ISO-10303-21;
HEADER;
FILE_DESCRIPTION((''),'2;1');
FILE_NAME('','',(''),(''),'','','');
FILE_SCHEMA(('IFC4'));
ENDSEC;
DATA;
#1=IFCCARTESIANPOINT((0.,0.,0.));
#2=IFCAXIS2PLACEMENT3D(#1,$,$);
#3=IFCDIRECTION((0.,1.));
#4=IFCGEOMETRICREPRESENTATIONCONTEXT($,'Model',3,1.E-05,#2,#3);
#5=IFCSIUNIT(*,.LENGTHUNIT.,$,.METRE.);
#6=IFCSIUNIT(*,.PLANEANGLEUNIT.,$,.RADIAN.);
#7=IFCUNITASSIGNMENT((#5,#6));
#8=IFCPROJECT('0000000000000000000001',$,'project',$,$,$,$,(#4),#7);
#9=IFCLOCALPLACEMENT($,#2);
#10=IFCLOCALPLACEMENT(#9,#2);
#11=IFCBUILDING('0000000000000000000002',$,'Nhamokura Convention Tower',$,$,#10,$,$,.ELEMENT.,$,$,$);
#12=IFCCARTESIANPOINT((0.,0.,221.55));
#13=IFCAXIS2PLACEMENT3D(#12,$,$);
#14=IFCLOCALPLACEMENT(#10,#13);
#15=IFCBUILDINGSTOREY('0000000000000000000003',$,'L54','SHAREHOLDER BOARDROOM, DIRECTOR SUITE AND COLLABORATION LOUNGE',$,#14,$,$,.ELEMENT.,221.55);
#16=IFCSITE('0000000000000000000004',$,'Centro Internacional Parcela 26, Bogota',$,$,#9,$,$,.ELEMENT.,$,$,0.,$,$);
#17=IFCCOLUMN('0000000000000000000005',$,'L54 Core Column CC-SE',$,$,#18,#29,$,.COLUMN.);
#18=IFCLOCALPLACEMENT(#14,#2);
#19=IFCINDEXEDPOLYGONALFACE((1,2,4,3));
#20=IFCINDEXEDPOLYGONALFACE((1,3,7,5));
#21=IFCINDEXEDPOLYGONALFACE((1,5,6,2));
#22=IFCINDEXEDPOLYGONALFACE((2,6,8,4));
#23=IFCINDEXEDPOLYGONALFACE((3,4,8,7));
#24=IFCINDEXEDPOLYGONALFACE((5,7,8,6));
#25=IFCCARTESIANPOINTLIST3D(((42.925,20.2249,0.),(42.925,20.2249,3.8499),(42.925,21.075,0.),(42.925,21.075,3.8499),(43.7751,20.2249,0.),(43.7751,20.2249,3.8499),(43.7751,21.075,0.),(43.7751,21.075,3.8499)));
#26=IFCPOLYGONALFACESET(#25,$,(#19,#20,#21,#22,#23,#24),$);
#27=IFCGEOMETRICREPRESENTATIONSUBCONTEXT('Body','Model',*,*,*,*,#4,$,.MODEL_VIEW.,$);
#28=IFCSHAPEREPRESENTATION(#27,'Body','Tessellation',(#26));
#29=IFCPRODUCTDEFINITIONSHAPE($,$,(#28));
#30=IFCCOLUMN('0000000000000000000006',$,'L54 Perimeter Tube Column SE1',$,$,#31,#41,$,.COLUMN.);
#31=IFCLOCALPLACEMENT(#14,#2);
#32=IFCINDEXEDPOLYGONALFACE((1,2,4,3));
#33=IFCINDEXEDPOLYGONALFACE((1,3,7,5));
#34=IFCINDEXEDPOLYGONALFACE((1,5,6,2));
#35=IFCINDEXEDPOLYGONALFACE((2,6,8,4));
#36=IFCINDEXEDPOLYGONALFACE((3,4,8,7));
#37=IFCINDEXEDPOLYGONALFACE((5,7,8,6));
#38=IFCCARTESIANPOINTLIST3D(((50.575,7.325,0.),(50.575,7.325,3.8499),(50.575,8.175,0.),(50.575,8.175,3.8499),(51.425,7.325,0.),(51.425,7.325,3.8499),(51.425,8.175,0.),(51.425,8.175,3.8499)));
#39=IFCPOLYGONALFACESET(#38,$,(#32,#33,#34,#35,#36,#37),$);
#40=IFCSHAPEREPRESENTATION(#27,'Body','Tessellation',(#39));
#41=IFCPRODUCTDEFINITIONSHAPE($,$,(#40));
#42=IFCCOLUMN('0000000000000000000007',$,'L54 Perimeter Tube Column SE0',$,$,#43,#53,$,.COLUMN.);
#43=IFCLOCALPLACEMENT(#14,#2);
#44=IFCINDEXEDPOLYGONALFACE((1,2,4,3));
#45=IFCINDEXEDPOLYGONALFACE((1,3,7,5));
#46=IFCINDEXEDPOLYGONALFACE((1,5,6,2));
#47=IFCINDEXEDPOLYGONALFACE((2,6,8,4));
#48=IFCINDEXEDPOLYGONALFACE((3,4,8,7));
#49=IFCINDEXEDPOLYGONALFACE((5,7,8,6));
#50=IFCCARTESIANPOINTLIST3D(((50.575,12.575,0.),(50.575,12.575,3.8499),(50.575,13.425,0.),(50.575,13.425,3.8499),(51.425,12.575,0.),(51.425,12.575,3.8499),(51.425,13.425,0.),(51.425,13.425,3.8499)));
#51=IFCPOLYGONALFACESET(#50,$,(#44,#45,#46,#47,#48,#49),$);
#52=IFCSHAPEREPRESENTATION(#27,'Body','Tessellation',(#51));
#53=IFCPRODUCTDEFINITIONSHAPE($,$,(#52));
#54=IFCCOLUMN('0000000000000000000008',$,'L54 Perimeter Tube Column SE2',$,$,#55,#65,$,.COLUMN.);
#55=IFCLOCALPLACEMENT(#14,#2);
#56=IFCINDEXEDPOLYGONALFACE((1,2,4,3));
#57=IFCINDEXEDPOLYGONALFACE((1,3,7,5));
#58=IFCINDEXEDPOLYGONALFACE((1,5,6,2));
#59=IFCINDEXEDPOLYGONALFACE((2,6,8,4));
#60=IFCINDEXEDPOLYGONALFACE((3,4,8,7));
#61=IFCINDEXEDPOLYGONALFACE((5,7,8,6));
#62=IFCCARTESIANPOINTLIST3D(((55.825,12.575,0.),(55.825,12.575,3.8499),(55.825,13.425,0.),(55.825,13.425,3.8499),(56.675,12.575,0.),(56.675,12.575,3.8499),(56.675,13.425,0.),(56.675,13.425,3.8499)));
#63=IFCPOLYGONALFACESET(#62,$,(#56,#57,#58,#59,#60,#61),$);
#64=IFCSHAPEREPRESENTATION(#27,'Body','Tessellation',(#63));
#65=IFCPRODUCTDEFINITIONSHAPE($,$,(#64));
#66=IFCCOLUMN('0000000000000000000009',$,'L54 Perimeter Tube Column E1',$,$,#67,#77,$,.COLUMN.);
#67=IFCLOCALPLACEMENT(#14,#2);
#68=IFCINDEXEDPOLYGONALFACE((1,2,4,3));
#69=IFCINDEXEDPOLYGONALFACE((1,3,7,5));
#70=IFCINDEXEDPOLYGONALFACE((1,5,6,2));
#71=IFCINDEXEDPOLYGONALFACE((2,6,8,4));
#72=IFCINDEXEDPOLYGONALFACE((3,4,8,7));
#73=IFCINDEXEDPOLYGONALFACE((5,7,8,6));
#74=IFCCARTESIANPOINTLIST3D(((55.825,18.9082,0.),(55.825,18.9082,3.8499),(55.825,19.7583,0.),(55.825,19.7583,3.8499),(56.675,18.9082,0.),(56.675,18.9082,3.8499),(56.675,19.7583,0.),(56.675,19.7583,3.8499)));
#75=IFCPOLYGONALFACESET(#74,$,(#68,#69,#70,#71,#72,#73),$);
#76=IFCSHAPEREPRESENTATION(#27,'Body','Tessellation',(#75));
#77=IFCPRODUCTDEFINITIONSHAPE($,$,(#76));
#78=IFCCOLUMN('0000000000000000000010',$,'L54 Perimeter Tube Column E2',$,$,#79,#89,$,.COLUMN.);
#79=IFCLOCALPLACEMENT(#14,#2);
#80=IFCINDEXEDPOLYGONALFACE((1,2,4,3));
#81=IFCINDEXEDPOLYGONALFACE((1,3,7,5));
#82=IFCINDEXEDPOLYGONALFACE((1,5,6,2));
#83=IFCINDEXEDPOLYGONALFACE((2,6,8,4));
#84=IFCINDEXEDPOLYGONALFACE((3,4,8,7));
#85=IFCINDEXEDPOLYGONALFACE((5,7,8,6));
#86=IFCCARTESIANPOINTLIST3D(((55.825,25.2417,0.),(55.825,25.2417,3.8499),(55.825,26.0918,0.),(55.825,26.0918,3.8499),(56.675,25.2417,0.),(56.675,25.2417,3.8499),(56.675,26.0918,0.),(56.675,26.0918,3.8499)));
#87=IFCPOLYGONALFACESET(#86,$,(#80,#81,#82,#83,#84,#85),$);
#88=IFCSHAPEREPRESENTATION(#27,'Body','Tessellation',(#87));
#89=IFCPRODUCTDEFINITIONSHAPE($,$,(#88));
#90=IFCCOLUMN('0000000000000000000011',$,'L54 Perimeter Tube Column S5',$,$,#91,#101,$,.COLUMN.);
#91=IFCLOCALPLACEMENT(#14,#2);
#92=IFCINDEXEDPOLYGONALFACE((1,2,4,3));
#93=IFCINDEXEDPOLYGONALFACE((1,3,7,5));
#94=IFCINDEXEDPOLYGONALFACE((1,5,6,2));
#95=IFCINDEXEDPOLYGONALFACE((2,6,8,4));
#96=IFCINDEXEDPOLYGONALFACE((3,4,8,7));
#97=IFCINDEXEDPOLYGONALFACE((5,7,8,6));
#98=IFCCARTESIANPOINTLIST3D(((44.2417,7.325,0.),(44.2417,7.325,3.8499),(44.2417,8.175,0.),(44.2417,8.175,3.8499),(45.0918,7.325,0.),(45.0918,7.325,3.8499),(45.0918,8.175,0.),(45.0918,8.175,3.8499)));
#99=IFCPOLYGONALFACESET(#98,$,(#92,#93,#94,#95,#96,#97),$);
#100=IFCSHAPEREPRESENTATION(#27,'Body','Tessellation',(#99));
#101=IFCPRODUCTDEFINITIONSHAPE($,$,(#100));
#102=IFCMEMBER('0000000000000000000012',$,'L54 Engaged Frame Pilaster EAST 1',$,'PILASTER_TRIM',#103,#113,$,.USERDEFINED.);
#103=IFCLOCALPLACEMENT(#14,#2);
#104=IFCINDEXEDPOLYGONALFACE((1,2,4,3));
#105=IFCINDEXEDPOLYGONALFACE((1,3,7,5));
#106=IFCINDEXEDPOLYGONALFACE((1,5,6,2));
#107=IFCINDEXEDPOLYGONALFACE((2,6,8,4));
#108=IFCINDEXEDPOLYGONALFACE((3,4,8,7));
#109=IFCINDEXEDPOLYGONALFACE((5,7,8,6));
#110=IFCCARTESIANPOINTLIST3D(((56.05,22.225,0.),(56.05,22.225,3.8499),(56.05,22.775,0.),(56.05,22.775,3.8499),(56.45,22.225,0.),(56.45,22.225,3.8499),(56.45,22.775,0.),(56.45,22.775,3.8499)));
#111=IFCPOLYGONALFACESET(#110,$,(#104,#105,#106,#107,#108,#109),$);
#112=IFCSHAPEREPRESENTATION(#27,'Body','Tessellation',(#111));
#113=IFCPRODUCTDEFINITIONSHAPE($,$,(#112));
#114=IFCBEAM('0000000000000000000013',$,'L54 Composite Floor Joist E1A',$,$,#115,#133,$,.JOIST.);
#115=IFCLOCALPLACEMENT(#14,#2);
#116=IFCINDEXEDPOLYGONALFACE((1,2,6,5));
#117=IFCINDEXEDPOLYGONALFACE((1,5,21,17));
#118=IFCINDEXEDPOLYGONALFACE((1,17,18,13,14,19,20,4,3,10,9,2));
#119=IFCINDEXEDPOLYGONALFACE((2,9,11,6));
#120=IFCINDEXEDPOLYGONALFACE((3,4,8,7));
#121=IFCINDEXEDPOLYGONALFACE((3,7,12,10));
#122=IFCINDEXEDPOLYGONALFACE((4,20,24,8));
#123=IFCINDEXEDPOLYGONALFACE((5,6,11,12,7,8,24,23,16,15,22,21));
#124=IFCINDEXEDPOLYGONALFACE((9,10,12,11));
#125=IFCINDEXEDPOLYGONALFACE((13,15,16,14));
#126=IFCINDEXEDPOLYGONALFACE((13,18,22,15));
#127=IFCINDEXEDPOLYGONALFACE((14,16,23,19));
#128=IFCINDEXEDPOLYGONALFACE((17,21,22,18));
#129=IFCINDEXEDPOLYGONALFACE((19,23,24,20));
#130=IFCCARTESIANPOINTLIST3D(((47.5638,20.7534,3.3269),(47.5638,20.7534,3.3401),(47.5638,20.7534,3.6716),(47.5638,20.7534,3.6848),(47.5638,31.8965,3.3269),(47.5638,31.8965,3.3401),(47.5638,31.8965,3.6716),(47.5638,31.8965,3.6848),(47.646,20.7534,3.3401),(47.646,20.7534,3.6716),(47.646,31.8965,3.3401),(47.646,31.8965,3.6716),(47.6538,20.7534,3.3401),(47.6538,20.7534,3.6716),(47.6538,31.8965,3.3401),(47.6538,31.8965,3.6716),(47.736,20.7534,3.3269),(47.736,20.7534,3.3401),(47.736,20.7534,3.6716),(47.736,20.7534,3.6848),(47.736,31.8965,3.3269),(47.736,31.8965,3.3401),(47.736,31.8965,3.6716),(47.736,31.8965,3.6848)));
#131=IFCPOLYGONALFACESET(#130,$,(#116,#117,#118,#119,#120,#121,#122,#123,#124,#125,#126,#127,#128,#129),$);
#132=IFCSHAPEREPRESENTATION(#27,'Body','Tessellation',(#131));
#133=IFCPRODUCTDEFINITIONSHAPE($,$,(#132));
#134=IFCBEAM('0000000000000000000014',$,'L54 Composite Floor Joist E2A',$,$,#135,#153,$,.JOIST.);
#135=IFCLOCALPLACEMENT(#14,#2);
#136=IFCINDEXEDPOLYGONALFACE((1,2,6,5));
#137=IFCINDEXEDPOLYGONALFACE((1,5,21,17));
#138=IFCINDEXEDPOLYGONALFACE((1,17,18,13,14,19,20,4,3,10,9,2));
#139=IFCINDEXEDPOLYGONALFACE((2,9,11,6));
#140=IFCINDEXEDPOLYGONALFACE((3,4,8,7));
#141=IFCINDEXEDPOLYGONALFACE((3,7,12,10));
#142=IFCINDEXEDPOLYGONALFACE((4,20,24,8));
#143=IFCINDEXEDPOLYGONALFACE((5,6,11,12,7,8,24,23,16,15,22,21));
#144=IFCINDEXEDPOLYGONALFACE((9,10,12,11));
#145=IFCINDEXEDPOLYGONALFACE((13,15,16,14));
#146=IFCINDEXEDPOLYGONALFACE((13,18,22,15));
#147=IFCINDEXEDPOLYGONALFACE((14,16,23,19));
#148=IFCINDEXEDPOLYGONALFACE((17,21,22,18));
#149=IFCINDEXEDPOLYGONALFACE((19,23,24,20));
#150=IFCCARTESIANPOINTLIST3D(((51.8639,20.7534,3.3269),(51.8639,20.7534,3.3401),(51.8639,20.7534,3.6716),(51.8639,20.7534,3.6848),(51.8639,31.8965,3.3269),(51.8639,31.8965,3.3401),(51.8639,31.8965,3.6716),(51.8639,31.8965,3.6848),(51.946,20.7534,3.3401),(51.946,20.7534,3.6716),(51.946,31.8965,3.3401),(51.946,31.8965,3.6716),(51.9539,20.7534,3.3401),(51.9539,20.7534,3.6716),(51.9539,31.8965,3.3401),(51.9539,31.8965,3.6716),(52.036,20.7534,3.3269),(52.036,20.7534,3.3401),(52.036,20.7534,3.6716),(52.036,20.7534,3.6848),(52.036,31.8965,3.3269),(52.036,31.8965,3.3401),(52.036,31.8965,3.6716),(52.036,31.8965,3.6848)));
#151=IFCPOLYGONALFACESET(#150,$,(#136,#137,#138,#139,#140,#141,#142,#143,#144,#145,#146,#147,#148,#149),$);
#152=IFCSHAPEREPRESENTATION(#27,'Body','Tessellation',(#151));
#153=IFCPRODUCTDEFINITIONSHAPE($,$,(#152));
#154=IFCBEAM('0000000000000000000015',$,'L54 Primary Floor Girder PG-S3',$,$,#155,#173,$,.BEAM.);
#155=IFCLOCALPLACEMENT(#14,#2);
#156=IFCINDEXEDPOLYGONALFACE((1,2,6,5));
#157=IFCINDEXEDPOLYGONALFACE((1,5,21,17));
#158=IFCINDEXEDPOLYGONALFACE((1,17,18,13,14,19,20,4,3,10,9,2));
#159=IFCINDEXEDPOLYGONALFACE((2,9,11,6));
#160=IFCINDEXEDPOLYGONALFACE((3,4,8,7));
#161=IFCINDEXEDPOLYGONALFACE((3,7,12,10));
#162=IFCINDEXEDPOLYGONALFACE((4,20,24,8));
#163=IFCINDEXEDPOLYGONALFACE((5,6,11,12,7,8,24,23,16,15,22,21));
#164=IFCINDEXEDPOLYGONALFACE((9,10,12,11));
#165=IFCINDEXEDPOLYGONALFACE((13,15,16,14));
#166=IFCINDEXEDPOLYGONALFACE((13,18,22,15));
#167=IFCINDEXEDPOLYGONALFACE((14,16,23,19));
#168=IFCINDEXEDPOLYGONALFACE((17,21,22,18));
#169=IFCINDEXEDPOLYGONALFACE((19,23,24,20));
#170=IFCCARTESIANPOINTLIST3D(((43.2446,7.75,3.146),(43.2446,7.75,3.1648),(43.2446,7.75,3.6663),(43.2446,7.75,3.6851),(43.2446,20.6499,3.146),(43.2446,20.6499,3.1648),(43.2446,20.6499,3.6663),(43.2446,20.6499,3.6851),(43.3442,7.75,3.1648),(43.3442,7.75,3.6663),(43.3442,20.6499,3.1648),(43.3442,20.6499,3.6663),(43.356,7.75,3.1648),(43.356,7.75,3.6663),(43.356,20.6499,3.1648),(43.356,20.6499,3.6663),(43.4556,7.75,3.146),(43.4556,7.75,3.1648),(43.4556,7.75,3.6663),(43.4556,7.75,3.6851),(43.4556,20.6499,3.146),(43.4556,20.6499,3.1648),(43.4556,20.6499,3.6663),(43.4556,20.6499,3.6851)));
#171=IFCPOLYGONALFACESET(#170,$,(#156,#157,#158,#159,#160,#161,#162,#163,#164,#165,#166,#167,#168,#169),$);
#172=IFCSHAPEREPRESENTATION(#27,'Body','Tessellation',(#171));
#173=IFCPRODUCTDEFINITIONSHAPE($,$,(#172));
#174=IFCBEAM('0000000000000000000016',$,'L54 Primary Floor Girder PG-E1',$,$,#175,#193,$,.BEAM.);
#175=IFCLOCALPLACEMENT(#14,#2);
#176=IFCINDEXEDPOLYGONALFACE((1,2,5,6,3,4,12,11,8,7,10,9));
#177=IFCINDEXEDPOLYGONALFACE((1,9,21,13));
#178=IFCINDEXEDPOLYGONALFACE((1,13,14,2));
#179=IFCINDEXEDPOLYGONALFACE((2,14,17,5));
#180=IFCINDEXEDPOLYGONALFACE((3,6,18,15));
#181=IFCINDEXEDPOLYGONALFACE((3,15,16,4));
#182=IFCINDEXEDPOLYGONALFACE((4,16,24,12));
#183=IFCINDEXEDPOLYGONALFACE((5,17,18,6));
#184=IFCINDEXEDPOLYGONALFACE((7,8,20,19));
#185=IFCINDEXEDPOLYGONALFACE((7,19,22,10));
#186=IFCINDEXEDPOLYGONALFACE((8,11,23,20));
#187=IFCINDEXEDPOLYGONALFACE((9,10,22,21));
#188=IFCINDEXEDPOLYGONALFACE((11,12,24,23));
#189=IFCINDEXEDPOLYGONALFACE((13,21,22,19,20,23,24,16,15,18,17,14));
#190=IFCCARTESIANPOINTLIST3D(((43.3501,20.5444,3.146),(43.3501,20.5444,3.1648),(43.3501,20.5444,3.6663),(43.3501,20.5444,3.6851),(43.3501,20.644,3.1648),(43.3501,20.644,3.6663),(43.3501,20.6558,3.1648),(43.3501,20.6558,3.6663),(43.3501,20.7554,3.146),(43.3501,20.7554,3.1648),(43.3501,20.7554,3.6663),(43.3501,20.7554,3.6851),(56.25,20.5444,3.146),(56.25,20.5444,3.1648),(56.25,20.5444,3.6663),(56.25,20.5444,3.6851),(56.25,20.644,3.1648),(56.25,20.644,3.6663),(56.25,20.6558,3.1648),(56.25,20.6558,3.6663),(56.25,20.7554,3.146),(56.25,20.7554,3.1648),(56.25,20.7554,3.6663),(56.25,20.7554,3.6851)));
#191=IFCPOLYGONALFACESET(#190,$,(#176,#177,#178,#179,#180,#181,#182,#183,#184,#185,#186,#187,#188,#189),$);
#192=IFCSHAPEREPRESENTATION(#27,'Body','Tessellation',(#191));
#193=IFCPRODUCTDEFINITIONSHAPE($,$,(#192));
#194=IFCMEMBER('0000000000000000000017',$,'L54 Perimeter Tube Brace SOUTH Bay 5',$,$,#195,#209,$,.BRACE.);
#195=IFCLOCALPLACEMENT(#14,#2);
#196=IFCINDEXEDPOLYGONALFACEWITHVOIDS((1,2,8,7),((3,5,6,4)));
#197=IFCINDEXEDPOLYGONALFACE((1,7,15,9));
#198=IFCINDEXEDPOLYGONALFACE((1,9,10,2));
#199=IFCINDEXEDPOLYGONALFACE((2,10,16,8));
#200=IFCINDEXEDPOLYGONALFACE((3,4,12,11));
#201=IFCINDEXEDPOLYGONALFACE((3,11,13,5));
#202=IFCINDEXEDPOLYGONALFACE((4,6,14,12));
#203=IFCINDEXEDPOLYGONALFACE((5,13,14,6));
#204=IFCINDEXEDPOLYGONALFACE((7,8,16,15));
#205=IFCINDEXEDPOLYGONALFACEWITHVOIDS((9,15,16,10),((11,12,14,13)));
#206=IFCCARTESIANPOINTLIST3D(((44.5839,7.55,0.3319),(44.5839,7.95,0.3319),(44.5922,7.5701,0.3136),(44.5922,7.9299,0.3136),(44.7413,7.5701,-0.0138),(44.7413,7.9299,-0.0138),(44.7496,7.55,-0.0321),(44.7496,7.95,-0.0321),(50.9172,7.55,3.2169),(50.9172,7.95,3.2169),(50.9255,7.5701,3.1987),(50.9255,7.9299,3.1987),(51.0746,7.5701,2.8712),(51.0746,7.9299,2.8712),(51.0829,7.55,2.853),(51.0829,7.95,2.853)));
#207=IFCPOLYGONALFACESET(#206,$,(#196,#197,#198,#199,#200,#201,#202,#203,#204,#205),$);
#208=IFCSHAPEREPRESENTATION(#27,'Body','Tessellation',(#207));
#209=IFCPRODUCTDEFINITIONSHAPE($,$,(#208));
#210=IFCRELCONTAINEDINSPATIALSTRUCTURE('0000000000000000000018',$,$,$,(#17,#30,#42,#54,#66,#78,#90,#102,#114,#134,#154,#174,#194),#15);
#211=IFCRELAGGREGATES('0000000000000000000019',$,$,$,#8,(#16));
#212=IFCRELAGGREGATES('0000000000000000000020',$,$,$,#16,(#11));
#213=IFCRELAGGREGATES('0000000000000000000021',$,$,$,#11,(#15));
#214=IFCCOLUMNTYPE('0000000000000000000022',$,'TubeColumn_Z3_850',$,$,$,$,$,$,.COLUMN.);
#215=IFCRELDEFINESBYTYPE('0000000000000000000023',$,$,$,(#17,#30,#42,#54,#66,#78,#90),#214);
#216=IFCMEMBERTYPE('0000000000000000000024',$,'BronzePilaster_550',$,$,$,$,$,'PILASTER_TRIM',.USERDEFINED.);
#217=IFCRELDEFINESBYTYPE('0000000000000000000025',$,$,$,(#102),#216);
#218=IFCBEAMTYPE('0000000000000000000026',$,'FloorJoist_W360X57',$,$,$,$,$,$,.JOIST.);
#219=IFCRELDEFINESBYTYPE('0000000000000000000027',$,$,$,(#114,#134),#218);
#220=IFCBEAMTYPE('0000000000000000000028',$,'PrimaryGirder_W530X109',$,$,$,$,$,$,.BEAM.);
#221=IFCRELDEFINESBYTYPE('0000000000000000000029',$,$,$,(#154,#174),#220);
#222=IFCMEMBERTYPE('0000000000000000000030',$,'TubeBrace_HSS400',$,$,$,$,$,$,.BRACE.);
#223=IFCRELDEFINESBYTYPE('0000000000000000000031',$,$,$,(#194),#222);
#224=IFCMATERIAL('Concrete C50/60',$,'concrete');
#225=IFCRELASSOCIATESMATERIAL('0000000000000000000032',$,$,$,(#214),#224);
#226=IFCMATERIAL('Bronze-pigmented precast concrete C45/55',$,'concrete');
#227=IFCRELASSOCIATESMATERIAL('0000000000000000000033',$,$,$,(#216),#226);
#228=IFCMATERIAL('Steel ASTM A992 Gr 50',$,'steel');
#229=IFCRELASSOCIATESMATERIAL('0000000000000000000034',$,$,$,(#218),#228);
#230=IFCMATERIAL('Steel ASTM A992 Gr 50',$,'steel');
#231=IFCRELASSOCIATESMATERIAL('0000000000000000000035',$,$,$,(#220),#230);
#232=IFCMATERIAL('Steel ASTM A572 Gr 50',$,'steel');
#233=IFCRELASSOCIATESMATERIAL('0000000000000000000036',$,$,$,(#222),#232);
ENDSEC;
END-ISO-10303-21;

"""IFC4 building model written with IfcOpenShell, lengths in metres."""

from ifc_helpers import new_model, si_unit, direction, frame, origin, origin_2d, place, context, subcontext, project, spatial, rectangle, hollow_rectangle, i_section, extrude, material, material_profile, profile_set, type_object, element, save


model = new_model("IFC4")

# Units and contexts
model_context = context("Model", 3, precision=1e-05, world=origin(), true_north=direction((0.0, 1.0)))
body_context = subcontext(model_context, "Body", "Model", "MODEL_VIEW")
ifc_project = project(units=[si_unit("LENGTHUNIT", "METRE"), si_unit("PLANEANGLEUNIT", "RADIAN")], contexts=[model_context])

# Site, building, storey
site_placement = place(None, origin())
site = spatial("IfcSite", under=ifc_project, at=site_placement, Name="Centro Internacional Parcela 26, Bogota", CompositionType="ELEMENT", RefElevation=0.0)
building_placement = place(site_placement, origin())
building = spatial("IfcBuilding", under=site, at=building_placement, Name="Nhamokura Convention Tower", CompositionType="ELEMENT")
storey_placement = place(building_placement, frame((0.0, 0.0, 221.55)))
storey = spatial("IfcBuildingStorey", under=building, at=storey_placement, Name="L54", Description="SHAREHOLDER BOARDROOM, DIRECTOR SUITE AND COLLABORATION LOUNGE", CompositionType="ELEMENT", Elevation=221.55)

# Columns
ifc_material_1 = material(Name="Concrete C50/60", Category="concrete")
ifc_material_profile_1 = material_profile(ifc_material_1, rectangle(XDim=0.8501, YDim=0.8501, at=origin_2d()))
ifc_profile_set_1 = profile_set([ifc_material_profile_1], Name="Concrete C50/60")
column_type = type_object("IfcColumnType", Name="TubeColumn_Z3_850", PredefinedType="COLUMN", material=ifc_profile_set_1)
for number, where, z_axis, x_axis, name in (
    (1, (43.3501, 20.6499, 0.0), (0.0, 0.0, 1.0), (1.0, 0.0, 0.0), "L54 Core Column CC-SE"),
    (2, (51.0, 7.75, 0.0), (0.0, 0.0, 1.0), (1.0, 0.0, 0.0), "L54 Perimeter Tube Column SE1"),
    (3, (51.0, 13.0, 0.0), (0.0, 0.0, 1.0), (1.0, 0.0, 0.0), "L54 Perimeter Tube Column SE0"),
    (4, (56.25, 13.0, 0.0), (0.0, 0.0, 1.0), (1.0, 0.0, 0.0), "L54 Perimeter Tube Column SE2"),
    (5, (56.25, 19.3333, 0.0), (0.0, 0.0, 1.0), (1.0, 0.0, 0.0), "L54 Perimeter Tube Column E1"),
    (6, (56.25, 25.6667, 0.0), (0.0, 0.0, 1.0), (1.0, 0.0, 0.0), "L54 Perimeter Tube Column E2"),
    (7, (44.6667, 7.75, 0.0), (0.0, 0.0, 1.0), (1.0, 0.0, 0.0), "L54 Perimeter Tube Column S5"),
):
    element("IfcColumn", number, at=place(storey_placement, frame(where, z_axis=z_axis, x_axis=x_axis)), inside=storey, type_object=column_type, Name=name, PredefinedType="COLUMN", context=body_context, shape_type="SweptSolid", body=[
        extrude(rectangle(XDim=0.8501, YDim=0.8501, at=origin_2d()), origin(), (0.0, 0.0, 1.0), 3.8499),
    ])

# Member
ifc_material_2 = material(Name="Bronze-pigmented precast concrete C45/55", Category="concrete")
ifc_material_profile_2 = material_profile(ifc_material_2, rectangle(XDim=0.3999, YDim=0.55, at=origin_2d()))
ifc_profile_set_2 = profile_set([ifc_material_profile_2], Name="Bronze-pigmented precast concrete C45/55")
member_type_1 = type_object("IfcMemberType", Name="BronzePilaster_550", ElementType="PILASTER_TRIM", PredefinedType="USERDEFINED", material=ifc_profile_set_2)
member_placement = place(storey_placement, frame((56.25, 22.5, 0.0), z_axis=(0.0, 0.0, 1.0), x_axis=(1.0, 0.0, 0.0)))
element("IfcMember", 8, at=member_placement, inside=storey, type_object=member_type_1, Name="L54 Engaged Frame Pilaster EAST 1", ObjectType="PILASTER_TRIM", PredefinedType="USERDEFINED", context=body_context, shape_type="SweptSolid", body=[
    extrude(rectangle(XDim=0.3999, YDim=0.55, at=origin_2d()), origin(), (0.0, 0.0, 1.0), 3.8499),
])

# Beams
ifc_material_3 = material(Name="Steel ASTM A992 Gr 50", Category="steel")
ifc_material_profile_3 = material_profile(ifc_material_3, i_section(OverallWidth=0.1721, OverallDepth=0.3579, WebThickness=0.0078, FlangeThickness=0.0132, at=origin_2d()))
ifc_profile_set_3 = profile_set([ifc_material_profile_3], Name="Steel ASTM A992 Gr 50")
beam_type_1 = type_object("IfcBeamType", Name="FloorJoist_W360X57", PredefinedType="JOIST", material=ifc_profile_set_3)
for number, where, z_axis, x_axis, name in (
    (9, (47.6499, 20.7534, 3.5059), (0.0, 1.0, 0.0), (-1.0, 0.0, 0.0), "L54 Composite Floor Joist E1A"),
    (10, (51.95, 20.7534, 3.5059), (0.0, 1.0, 0.0), (-1.0, 0.0, 0.0), "L54 Composite Floor Joist E2A"),
):
    element("IfcBeam", number, at=place(storey_placement, frame(where, z_axis=z_axis, x_axis=x_axis)), inside=storey, type_object=beam_type_1, Name=name, PredefinedType="JOIST", context=body_context, shape_type="SweptSolid", body=[
        extrude(i_section(OverallWidth=0.1721, OverallDepth=0.3579, WebThickness=0.0078, FlangeThickness=0.0132, at=origin_2d()), origin(), (0.0, 0.0, 1.0), 11.1431),
    ])
ifc_material_4 = material(Name="Steel ASTM A992 Gr 50", Category="steel")
ifc_material_profile_4 = material_profile(ifc_material_4, i_section(OverallWidth=0.2109, OverallDepth=0.5391, WebThickness=0.0117, FlangeThickness=0.0188, at=origin_2d()))
ifc_profile_set_4 = profile_set([ifc_material_profile_4], Name="Steel ASTM A992 Gr 50")
beam_type_2 = type_object("IfcBeamType", Name="PrimaryGirder_W530X109", PredefinedType="BEAM", material=ifc_profile_set_4)
for number, where, z_axis, x_axis, name in (
    (11, (43.3501, 7.75, 3.4155), (0.0, 1.0, 0.0), (-1.0, 0.0, 0.0), "L54 Primary Floor Girder PG-S3"),
    (12, (43.3501, 20.6499, 3.4155), (1.0, 0.0, 0.0), (0.0, 1.0, 0.0), "L54 Primary Floor Girder PG-E1"),
):
    element("IfcBeam", number, at=place(storey_placement, frame(where, z_axis=z_axis, x_axis=x_axis)), inside=storey, type_object=beam_type_2, Name=name, PredefinedType="BEAM", context=body_context, shape_type="SweptSolid", body=[
        extrude(i_section(OverallWidth=0.2109, OverallDepth=0.5391, WebThickness=0.0117, FlangeThickness=0.0188, at=origin_2d()), origin(), (0.0, 0.0, 1.0), 12.8999),
    ])

# Member
ifc_material_5 = material(Name="Steel ASTM A572 Gr 50", Category="steel")
ifc_material_profile_5 = material_profile(ifc_material_5, hollow_rectangle(XDim=0.3999, YDim=0.3999, WallThickness=0.02, at=origin_2d()))
ifc_profile_set_5 = profile_set([ifc_material_profile_5], Name="Steel ASTM A572 Gr 50")
member_type_2 = type_object("IfcMemberType", Name="TubeBrace_HSS400", PredefinedType="BRACE", material=ifc_profile_set_5)
for number, where, z_axis, x_axis, name in (
    (13, (44.6667, 7.75, 0.1499), (0.910027, 0.0, 0.414548), (0.0, 1.0, 0.0), "L54 Perimeter Tube Brace SOUTH Bay 5"),
):
    element("IfcMember", number, at=place(storey_placement, frame(where, z_axis=z_axis, x_axis=x_axis)), inside=storey, type_object=member_type_2, Name=name, PredefinedType="BRACE", context=body_context, shape_type="SweptSolid", body=[
        extrude(hollow_rectangle(XDim=0.3999, YDim=0.3999, WallThickness=0.02, at=origin_2d()), origin(), (0.0, 0.0, 1.0), 6.9595),
    ])

save(model, "model.ifc")
